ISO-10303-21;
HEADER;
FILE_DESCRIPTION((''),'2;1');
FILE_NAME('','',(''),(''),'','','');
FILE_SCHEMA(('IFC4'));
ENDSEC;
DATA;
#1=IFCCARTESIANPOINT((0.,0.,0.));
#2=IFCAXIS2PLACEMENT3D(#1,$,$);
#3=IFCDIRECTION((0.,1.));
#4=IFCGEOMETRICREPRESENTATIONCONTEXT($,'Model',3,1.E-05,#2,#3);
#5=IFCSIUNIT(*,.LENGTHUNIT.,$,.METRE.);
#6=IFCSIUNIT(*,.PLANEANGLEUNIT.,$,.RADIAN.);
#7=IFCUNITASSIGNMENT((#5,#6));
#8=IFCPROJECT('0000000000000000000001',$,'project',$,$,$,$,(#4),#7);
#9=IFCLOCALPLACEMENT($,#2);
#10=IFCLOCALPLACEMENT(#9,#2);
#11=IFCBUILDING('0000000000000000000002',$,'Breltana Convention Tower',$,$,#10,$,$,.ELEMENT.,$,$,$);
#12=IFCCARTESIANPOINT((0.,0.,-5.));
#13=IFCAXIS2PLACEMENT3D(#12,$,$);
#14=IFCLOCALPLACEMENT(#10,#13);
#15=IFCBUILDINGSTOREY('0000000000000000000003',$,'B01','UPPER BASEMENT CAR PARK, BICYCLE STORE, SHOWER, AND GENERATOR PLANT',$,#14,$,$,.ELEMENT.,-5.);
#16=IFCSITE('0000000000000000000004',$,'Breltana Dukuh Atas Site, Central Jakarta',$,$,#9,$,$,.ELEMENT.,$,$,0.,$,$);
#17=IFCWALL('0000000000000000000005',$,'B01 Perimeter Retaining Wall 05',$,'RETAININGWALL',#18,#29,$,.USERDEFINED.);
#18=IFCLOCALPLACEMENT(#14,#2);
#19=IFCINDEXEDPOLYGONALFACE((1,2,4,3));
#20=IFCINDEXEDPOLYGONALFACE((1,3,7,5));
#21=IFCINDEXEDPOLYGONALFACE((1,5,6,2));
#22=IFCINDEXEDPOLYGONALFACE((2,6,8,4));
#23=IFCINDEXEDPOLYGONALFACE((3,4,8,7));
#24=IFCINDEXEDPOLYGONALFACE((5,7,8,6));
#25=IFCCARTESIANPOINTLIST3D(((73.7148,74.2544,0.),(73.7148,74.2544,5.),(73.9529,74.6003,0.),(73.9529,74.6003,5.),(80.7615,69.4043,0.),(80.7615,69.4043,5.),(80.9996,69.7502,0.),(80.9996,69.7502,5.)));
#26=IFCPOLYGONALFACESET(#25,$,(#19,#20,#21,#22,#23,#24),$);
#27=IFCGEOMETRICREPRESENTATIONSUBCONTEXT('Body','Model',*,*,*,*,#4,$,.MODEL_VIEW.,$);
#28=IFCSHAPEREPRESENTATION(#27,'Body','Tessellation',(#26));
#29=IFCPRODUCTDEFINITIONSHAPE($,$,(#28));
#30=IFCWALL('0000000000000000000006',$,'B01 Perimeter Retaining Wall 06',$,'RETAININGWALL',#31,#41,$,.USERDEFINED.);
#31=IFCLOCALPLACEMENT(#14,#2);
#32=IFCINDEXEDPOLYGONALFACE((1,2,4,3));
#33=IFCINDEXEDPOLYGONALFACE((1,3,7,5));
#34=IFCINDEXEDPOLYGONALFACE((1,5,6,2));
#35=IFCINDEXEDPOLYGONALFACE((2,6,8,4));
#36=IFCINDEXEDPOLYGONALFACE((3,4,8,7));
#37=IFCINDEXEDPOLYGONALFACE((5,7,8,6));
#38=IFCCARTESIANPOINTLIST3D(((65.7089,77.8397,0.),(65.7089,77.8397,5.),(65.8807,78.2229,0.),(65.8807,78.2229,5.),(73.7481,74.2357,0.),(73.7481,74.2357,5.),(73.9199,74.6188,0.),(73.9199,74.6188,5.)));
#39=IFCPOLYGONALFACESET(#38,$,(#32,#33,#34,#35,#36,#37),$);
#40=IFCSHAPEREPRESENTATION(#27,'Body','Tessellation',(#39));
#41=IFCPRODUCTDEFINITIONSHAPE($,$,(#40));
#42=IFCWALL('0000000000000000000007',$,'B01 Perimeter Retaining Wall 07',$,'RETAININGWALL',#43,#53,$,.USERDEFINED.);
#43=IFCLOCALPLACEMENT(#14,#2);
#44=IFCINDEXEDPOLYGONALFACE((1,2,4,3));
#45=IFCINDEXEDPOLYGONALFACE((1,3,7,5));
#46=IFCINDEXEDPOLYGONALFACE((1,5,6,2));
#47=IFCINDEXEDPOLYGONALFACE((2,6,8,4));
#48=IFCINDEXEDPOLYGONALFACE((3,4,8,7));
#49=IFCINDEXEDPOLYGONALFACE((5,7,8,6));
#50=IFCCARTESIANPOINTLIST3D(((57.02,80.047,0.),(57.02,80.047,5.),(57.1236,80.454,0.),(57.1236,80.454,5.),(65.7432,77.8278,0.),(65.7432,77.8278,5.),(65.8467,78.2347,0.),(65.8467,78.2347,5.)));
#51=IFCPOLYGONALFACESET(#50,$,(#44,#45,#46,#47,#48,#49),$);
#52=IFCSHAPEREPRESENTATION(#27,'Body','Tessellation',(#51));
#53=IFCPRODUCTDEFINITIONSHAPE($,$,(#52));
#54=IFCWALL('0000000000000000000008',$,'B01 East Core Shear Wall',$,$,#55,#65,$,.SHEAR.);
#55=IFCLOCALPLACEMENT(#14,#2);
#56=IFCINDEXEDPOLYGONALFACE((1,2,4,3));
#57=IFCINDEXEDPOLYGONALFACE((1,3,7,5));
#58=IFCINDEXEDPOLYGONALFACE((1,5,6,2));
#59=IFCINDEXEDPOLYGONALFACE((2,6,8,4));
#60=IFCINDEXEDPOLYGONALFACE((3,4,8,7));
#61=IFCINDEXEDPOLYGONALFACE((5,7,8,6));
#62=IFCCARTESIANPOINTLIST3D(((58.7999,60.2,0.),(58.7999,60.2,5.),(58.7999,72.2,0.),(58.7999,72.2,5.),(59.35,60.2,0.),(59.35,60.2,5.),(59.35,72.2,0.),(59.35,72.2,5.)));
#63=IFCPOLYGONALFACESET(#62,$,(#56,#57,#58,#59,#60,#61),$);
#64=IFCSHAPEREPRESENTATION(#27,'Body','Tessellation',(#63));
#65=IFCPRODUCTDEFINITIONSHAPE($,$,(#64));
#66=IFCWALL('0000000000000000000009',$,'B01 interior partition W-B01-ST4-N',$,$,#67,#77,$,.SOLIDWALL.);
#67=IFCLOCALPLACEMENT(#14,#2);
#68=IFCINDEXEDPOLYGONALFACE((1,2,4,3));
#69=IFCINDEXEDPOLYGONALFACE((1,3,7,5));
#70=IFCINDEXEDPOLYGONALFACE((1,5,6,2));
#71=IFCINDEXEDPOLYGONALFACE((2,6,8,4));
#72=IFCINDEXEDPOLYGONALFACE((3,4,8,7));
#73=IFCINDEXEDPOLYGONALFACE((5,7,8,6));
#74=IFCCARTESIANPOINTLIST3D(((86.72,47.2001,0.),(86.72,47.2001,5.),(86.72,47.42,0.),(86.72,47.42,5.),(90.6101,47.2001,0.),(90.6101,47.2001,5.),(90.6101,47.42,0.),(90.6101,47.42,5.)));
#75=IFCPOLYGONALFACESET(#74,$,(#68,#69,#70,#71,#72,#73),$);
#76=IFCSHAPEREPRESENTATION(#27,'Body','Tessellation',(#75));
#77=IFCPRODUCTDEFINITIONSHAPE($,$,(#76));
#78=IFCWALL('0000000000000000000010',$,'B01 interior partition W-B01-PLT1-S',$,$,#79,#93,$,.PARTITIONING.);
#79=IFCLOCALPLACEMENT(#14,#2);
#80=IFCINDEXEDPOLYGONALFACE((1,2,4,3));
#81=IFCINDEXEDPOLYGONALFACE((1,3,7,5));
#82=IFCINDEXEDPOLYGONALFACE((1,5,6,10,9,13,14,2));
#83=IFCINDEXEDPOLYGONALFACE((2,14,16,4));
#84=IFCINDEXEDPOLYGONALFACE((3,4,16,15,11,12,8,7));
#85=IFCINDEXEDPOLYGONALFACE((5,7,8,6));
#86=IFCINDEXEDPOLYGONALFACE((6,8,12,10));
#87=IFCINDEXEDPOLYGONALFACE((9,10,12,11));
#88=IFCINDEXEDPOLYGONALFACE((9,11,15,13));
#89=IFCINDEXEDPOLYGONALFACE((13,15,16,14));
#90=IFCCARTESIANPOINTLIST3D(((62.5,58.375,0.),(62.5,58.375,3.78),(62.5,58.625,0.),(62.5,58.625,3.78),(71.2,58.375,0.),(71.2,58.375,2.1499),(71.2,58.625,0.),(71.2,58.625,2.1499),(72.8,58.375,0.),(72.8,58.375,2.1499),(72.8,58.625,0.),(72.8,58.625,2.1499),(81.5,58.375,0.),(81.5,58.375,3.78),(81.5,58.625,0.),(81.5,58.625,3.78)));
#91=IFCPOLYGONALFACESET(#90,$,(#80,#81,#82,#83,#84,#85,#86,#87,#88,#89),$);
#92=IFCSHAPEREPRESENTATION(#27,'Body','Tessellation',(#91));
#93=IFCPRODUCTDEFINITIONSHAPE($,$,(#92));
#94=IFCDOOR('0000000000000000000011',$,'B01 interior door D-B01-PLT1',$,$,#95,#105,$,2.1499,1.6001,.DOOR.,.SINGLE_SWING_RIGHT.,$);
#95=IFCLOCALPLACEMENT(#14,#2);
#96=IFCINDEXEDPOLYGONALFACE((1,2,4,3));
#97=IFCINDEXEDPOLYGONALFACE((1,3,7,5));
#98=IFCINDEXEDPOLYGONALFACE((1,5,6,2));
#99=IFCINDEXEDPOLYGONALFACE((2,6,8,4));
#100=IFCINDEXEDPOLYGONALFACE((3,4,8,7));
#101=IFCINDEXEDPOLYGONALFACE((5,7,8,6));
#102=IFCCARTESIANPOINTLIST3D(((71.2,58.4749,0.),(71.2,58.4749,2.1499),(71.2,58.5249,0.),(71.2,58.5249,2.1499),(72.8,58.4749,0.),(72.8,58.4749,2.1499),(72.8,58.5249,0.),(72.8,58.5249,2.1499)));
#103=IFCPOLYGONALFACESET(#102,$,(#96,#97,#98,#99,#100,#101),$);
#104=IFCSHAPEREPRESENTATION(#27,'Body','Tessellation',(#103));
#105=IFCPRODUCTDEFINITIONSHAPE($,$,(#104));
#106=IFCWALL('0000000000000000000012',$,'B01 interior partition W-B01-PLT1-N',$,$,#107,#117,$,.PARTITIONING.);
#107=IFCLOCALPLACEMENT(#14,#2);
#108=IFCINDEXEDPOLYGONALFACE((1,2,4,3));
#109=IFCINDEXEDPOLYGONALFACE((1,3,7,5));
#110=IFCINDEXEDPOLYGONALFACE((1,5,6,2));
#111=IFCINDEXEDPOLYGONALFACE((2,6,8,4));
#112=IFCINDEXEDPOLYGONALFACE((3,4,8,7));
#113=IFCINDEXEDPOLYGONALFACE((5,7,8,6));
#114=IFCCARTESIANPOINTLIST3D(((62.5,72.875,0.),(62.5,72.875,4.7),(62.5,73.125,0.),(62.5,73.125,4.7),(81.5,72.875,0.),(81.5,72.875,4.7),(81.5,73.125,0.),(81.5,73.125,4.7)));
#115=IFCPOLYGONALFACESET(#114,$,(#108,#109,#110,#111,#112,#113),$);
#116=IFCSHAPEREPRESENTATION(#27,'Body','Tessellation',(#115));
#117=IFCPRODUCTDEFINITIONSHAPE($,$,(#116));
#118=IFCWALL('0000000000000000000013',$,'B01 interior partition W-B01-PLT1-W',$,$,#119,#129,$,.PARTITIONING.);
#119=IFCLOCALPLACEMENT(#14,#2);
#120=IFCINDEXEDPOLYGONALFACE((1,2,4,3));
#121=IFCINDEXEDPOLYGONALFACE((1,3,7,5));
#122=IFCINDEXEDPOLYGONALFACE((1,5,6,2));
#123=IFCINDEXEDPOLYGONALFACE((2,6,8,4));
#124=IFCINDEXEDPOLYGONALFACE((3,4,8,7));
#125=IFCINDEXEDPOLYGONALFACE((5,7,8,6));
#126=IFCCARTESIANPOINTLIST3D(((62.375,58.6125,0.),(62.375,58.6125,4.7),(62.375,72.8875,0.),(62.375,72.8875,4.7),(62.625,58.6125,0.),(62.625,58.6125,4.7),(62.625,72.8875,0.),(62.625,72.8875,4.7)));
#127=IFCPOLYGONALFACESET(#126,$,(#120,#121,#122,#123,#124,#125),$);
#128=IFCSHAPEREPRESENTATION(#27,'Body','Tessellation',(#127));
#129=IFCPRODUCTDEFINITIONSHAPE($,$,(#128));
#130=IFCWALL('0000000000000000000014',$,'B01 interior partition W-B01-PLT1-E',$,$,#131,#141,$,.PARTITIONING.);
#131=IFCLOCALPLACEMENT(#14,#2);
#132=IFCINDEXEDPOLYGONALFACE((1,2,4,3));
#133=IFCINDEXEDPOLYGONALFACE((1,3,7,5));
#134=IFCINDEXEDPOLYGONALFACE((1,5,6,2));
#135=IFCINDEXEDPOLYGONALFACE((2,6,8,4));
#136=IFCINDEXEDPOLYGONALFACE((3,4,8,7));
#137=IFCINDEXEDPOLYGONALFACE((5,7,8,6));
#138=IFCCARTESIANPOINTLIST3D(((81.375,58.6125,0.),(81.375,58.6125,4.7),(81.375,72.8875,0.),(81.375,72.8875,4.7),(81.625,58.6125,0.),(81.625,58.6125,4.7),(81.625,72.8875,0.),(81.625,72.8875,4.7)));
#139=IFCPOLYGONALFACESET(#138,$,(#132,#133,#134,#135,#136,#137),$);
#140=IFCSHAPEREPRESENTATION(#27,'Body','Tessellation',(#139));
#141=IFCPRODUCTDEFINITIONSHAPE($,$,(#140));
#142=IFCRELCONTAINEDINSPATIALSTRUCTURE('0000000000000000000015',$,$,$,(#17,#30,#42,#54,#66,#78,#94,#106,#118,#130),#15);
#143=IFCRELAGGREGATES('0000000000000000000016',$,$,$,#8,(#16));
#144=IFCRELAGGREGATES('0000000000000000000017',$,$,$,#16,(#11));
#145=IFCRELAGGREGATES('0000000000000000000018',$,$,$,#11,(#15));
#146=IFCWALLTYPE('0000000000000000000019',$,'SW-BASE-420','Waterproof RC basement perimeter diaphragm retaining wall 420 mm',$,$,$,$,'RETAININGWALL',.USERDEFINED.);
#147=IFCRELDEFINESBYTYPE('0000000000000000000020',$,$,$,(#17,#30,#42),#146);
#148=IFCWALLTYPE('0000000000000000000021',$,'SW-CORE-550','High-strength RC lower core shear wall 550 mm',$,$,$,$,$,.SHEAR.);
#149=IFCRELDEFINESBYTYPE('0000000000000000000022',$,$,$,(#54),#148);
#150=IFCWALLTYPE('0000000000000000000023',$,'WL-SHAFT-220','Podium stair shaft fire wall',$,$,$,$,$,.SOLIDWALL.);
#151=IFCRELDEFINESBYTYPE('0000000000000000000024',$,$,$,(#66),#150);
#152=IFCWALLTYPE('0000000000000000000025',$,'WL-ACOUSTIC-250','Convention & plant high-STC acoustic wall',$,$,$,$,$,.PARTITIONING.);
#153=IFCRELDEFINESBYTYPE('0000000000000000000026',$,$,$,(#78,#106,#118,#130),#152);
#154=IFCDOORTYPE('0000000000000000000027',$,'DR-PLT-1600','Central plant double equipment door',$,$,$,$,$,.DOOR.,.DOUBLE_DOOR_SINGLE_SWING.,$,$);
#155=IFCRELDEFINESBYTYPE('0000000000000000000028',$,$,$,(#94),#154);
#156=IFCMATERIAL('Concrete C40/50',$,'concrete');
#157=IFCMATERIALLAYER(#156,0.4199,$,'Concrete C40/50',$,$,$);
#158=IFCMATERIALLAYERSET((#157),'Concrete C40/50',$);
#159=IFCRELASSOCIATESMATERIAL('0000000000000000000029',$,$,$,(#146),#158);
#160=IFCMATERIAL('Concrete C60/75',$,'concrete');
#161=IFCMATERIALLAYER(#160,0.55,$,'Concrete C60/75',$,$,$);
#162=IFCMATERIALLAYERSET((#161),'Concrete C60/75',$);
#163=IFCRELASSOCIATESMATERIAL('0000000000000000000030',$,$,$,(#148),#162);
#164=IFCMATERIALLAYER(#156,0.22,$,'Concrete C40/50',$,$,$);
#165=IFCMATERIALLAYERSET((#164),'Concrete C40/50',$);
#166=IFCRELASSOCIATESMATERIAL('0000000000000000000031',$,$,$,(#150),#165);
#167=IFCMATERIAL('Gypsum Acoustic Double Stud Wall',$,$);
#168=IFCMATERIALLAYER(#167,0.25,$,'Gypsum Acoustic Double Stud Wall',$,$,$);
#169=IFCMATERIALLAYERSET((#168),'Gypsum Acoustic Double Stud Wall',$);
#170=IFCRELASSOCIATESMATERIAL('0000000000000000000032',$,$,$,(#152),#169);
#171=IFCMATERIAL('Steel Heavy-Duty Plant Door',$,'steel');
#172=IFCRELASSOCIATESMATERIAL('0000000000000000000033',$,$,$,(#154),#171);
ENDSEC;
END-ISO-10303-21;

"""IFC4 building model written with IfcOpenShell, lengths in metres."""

from ifc_helpers import new_model, si_unit, direction, frame, frame_2d, origin, place, context, subcontext, project, spatial, rectangle, extrude, source, transform, mapped, material, layer, layer_set, type_object, type_shapes, element, fill, save


model = new_model("IFC4")

# Units and contexts
model_context = context("Model", 3, precision=1e-05, world=origin(), true_north=direction((0.0, 1.0)))
body_context = subcontext(model_context, "Body", "Model", "MODEL_VIEW")
ifc_project = project(units=[si_unit("LENGTHUNIT", "METRE"), si_unit("PLANEANGLEUNIT", "RADIAN")], contexts=[model_context])

# Site, building, storey
site_placement = place(None, origin())
site = spatial("IfcSite", under=ifc_project, at=site_placement, Name="Breltana Dukuh Atas Site, Central Jakarta", CompositionType="ELEMENT", RefElevation=0.0)
building_placement = place(site_placement, origin())
building = spatial("IfcBuilding", under=site, at=building_placement, Name="Breltana Convention Tower", CompositionType="ELEMENT")
storey_placement = place(building_placement, frame((0.0, 0.0, -5.0)))
storey = spatial("IfcBuildingStorey", under=building, at=storey_placement, Name="B01", Description="UPPER BASEMENT CAR PARK, BICYCLE STORE, SHOWER, AND GENERATOR PLANT", CompositionType="ELEMENT", Elevation=-5.0)

# Shared definitions
ifc_material_1 = material(Name="Concrete C60/75", Category="concrete")

# Shared definitions
ifc_material_2 = material(Name="Concrete C40/50", Category="concrete")

# Walls
ifc_layer_1 = layer(ifc_material_2, 0.4199, Name="Concrete C40/50")
ifc_layer_set_1 = layer_set([ifc_layer_1], Name="Concrete C40/50")
wall_type_1 = type_object("IfcWallType", Name="SW-BASE-420", Description="Waterproof RC basement perimeter diaphragm retaining wall 420 mm", ElementType="RETAININGWALL", PredefinedType="USERDEFINED", material=ifc_layer_set_1)
shared_shape_1 = source(origin(), body_context, "Body", "SweptSolid", [
    extrude(rectangle(XDim=8.5544, YDim=0.4199, at=frame_2d((4.2773, 0.0))), origin(), (0.0, 0.0, 1.0), 5.0),
])
wall_1_placement = place(storey_placement, frame((80.8806, 69.5771, 0.0), z_axis=(0.0, 0.0, 1.0), x_axis=(-0.82374, 0.566968, 0.0)))
element("IfcWall", 1, at=wall_1_placement, inside=storey, type_object=wall_type_1, Name="B01 Perimeter Retaining Wall 05", ObjectType="RETAININGWALL", PredefinedType="USERDEFINED", context=body_context, shape_type="MappedRepresentation", body=[
    mapped(shared_shape_1, transform((0.0, 0.0, 0.0), scale=1.0)),
])
shared_shape_2 = source(origin(), body_context, "Body", "SweptSolid", [
    extrude(rectangle(XDim=8.8101, YDim=0.4199, at=frame_2d((4.405, 0.0))), origin(), (0.0, 0.0, 1.0), 5.0),
])
wall_2_placement = place(storey_placement, frame((73.834, 74.4272, 0.0), z_axis=(0.0, 0.0, 1.0), x_axis=(-0.912497, 0.409083, 0.0)))
element("IfcWall", 2, at=wall_2_placement, inside=storey, type_object=wall_type_1, Name="B01 Perimeter Retaining Wall 06", ObjectType="RETAININGWALL", PredefinedType="USERDEFINED", context=body_context, shape_type="MappedRepresentation", body=[
    mapped(shared_shape_2, transform((0.0, 0.0, 0.0), scale=1.0)),
])
shared_shape_3 = source(origin(), body_context, "Body", "SweptSolid", [
    extrude(rectangle(XDim=9.001, YDim=0.4199, at=frame_2d((4.5005, 0.0))), origin(), (0.0, 0.0, 1.0), 5.0),
])
wall_3_placement = place(storey_placement, frame((65.7949, 78.0312, 0.0), z_axis=(0.0, 0.0, 1.0), x_axis=(-0.969129, 0.246554, 0.0)))
element("IfcWall", 3, at=wall_3_placement, inside=storey, type_object=wall_type_1, Name="B01 Perimeter Retaining Wall 07", ObjectType="RETAININGWALL", PredefinedType="USERDEFINED", context=body_context, shape_type="MappedRepresentation", body=[
    mapped(shared_shape_3, transform((0.0, 0.0, 0.0), scale=1.0)),
])
ifc_layer_2 = layer(ifc_material_1, 0.55, Name="Concrete C60/75")
ifc_layer_set_2 = layer_set([ifc_layer_2], Name="Concrete C60/75")
wall_type_2 = type_object("IfcWallType", Name="SW-CORE-550", Description="High-strength RC lower core shear wall 550 mm", PredefinedType="SHEAR", material=ifc_layer_set_2)
shared_shape_4 = source(origin(), body_context, "Body", "SweptSolid", [
    extrude(rectangle(XDim=12.0, YDim=0.55, at=frame_2d((6.0, 0.0))), origin(), (0.0, 0.0, 1.0), 5.0),
])
type_shapes(wall_type_2, [shared_shape_4])
wall_4_placement = place(storey_placement, frame((59.075, 60.2, 0.0), z_axis=(0.0, 0.0, 1.0), x_axis=(0.0, 1.0, 0.0)))
element("IfcWall", 4, at=wall_4_placement, inside=storey, type_object=wall_type_2, Name="B01 East Core Shear Wall", PredefinedType="SHEAR", context=body_context, shape_type="MappedRepresentation", body=[
    mapped(shared_shape_4, transform((0.0, 0.0, 0.0), scale=1.0)),
])
ifc_layer_3 = layer(ifc_material_2, 0.22, Name="Concrete C40/50")
ifc_layer_set_3 = layer_set([ifc_layer_3], Name="Concrete C40/50")
wall_type_3 = type_object("IfcWallType", Name="WL-SHAFT-220", Description="Podium stair shaft fire wall", PredefinedType="SOLIDWALL", material=ifc_layer_set_3)
shared_shape_5 = source(origin(), body_context, "Body", "SweptSolid", [
    extrude(rectangle(XDim=3.8901, YDim=0.22, at=frame_2d((1.9451, 0.0))), origin(), (0.0, 0.0, 1.0), 5.0),
])
type_shapes(wall_type_3, [shared_shape_5])
wall_5_placement = place(storey_placement, frame((86.72, 47.3101, 0.0), z_axis=(0.0, 0.0, 1.0), x_axis=(1.0, 0.0, 0.0)))
element("IfcWall", 5, at=wall_5_placement, inside=storey, type_object=wall_type_3, Name="B01 interior partition W-B01-ST4-N", PredefinedType="SOLIDWALL", context=body_context, shape_type="MappedRepresentation", body=[
    mapped(shared_shape_5, transform((0.0, 0.0, 0.0), scale=1.0)),
])

# Wall, opening, door
ifc_material_3 = material(Name="Gypsum Acoustic Double Stud Wall")
ifc_layer_4 = layer(ifc_material_3, 0.25, Name="Gypsum Acoustic Double Stud Wall")
ifc_layer_set_4 = layer_set([ifc_layer_4], Name="Gypsum Acoustic Double Stud Wall")
wall_type_4 = type_object("IfcWallType", Name="WL-ACOUSTIC-250", Description="Convention & plant high-STC acoustic wall", PredefinedType="PARTITIONING", material=ifc_layer_set_4)
shared_shape_6 = source(origin(), body_context, "Body", "SweptSolid", [
    extrude(rectangle(XDim=19.0, YDim=0.25, at=frame_2d((9.5, 0.0))), origin(), (0.0, 0.0, 1.0), 3.78),
])
type_shapes(wall_type_4, [shared_shape_6])
wall_6_placement = place(storey_placement, frame((62.5, 58.5, 0.0), z_axis=(0.0, 0.0, 1.0), x_axis=(1.0, 0.0, 0.0)))
wall_6 = element("IfcWall", 6, at=wall_6_placement, inside=storey, type_object=wall_type_4, Name="B01 interior partition W-B01-PLT1-S", PredefinedType="PARTITIONING", context=body_context, shape_type="MappedRepresentation", body=[
    mapped(shared_shape_6, transform((0.0, 0.0, 0.0), scale=1.0)),
])
opening_placement = place(wall_6_placement, frame((8.7, 0.0, 0.0)))
opening = element("IfcOpeningElement", 7, at=opening_placement, cuts=wall_6, PredefinedType="OPENING", context=body_context, shape_type="SweptSolid", body=[
    extrude(rectangle(XDim=1.6001, YDim=2.1499, at=frame_2d((0.8, 1.075))), frame((0.0, 0.135, 0.0), z_axis=(0.0, -1.0, 0.0), x_axis=(1.0, 0.0, 0.0)), (0.0, 0.0, 1.0), 0.27),
])
ifc_material_4 = material(Name="Steel Heavy-Duty Plant Door", Category="steel")
door_type = type_object("IfcDoorType", Name="DR-PLT-1600", Description="Central plant double equipment door", OperationType="DOUBLE_DOOR_SINGLE_SWING", PredefinedType="DOOR", material=ifc_material_4)
shared_shape_7 = source(origin(), body_context, "Body", "SweptSolid", [
    extrude(rectangle(XDim=1.6001, YDim=2.1499, at=frame_2d((0.8, 1.075))), frame((0.0, 0.0249, 0.0), z_axis=(0.0, -1.0, 0.0), x_axis=(1.0, 0.0, 0.0)), (0.0, 0.0, 1.0), 0.05),
])
type_shapes(door_type, [shared_shape_7])
door_placement = place(opening_placement, origin())
door = element("IfcDoor", 8, at=door_placement, inside=storey, type_object=door_type, Name="B01 interior door D-B01-PLT1", OperationType="SINGLE_SWING_RIGHT", OverallHeight=2.1499, OverallWidth=1.6001, PredefinedType="DOOR", context=body_context, shape_type="MappedRepresentation", body=[
    mapped(shared_shape_7, transform((0.0, 0.0, 0.0), scale=1.0)),
])
fill(opening, door)

# Walls
shared_shape_8 = source(origin(), body_context, "Body", "SweptSolid", [
    extrude(rectangle(XDim=19.0, YDim=0.25, at=frame_2d((9.5, 0.0))), origin(), (0.0, 0.0, 1.0), 4.7),
])
wall_7_placement = place(storey_placement, frame((62.5, 73.0, 0.0), z_axis=(0.0, 0.0, 1.0), x_axis=(1.0, 0.0, 0.0)))
element("IfcWall", 9, at=wall_7_placement, inside=storey, type_object=wall_type_4, Name="B01 interior partition W-B01-PLT1-N", PredefinedType="PARTITIONING", context=body_context, shape_type="MappedRepresentation", body=[
    mapped(shared_shape_8, transform((0.0, 0.0, 0.0), scale=1.0)),
])
shared_shape_9 = source(origin(), body_context, "Body", "SweptSolid", [
    extrude(rectangle(XDim=14.2749, YDim=0.25, at=frame_2d((7.1375, 0.0))), origin(), (0.0, 0.0, 1.0), 4.7),
])
for number, where, z_axis, x_axis, name in (
    (10, (62.5, 58.6125, 0.0), (0.0, 0.0, 1.0), (0.0, 1.0, 0.0), "B01 interior partition W-B01-PLT1-W"),
    (11, (81.5, 58.6125, 0.0), (0.0, 0.0, 1.0), (0.0, 1.0, 0.0), "B01 interior partition W-B01-PLT1-E"),
):
    element("IfcWall", number, at=place(storey_placement, frame(where, z_axis=z_axis, x_axis=x_axis)), inside=storey, type_object=wall_type_4, Name=name, PredefinedType="PARTITIONING", context=body_context, shape_type="MappedRepresentation", body=[
        mapped(shared_shape_9, transform((0.0, 0.0, 0.0), scale=1.0)),
    ])

save(model, "model.ifc")
